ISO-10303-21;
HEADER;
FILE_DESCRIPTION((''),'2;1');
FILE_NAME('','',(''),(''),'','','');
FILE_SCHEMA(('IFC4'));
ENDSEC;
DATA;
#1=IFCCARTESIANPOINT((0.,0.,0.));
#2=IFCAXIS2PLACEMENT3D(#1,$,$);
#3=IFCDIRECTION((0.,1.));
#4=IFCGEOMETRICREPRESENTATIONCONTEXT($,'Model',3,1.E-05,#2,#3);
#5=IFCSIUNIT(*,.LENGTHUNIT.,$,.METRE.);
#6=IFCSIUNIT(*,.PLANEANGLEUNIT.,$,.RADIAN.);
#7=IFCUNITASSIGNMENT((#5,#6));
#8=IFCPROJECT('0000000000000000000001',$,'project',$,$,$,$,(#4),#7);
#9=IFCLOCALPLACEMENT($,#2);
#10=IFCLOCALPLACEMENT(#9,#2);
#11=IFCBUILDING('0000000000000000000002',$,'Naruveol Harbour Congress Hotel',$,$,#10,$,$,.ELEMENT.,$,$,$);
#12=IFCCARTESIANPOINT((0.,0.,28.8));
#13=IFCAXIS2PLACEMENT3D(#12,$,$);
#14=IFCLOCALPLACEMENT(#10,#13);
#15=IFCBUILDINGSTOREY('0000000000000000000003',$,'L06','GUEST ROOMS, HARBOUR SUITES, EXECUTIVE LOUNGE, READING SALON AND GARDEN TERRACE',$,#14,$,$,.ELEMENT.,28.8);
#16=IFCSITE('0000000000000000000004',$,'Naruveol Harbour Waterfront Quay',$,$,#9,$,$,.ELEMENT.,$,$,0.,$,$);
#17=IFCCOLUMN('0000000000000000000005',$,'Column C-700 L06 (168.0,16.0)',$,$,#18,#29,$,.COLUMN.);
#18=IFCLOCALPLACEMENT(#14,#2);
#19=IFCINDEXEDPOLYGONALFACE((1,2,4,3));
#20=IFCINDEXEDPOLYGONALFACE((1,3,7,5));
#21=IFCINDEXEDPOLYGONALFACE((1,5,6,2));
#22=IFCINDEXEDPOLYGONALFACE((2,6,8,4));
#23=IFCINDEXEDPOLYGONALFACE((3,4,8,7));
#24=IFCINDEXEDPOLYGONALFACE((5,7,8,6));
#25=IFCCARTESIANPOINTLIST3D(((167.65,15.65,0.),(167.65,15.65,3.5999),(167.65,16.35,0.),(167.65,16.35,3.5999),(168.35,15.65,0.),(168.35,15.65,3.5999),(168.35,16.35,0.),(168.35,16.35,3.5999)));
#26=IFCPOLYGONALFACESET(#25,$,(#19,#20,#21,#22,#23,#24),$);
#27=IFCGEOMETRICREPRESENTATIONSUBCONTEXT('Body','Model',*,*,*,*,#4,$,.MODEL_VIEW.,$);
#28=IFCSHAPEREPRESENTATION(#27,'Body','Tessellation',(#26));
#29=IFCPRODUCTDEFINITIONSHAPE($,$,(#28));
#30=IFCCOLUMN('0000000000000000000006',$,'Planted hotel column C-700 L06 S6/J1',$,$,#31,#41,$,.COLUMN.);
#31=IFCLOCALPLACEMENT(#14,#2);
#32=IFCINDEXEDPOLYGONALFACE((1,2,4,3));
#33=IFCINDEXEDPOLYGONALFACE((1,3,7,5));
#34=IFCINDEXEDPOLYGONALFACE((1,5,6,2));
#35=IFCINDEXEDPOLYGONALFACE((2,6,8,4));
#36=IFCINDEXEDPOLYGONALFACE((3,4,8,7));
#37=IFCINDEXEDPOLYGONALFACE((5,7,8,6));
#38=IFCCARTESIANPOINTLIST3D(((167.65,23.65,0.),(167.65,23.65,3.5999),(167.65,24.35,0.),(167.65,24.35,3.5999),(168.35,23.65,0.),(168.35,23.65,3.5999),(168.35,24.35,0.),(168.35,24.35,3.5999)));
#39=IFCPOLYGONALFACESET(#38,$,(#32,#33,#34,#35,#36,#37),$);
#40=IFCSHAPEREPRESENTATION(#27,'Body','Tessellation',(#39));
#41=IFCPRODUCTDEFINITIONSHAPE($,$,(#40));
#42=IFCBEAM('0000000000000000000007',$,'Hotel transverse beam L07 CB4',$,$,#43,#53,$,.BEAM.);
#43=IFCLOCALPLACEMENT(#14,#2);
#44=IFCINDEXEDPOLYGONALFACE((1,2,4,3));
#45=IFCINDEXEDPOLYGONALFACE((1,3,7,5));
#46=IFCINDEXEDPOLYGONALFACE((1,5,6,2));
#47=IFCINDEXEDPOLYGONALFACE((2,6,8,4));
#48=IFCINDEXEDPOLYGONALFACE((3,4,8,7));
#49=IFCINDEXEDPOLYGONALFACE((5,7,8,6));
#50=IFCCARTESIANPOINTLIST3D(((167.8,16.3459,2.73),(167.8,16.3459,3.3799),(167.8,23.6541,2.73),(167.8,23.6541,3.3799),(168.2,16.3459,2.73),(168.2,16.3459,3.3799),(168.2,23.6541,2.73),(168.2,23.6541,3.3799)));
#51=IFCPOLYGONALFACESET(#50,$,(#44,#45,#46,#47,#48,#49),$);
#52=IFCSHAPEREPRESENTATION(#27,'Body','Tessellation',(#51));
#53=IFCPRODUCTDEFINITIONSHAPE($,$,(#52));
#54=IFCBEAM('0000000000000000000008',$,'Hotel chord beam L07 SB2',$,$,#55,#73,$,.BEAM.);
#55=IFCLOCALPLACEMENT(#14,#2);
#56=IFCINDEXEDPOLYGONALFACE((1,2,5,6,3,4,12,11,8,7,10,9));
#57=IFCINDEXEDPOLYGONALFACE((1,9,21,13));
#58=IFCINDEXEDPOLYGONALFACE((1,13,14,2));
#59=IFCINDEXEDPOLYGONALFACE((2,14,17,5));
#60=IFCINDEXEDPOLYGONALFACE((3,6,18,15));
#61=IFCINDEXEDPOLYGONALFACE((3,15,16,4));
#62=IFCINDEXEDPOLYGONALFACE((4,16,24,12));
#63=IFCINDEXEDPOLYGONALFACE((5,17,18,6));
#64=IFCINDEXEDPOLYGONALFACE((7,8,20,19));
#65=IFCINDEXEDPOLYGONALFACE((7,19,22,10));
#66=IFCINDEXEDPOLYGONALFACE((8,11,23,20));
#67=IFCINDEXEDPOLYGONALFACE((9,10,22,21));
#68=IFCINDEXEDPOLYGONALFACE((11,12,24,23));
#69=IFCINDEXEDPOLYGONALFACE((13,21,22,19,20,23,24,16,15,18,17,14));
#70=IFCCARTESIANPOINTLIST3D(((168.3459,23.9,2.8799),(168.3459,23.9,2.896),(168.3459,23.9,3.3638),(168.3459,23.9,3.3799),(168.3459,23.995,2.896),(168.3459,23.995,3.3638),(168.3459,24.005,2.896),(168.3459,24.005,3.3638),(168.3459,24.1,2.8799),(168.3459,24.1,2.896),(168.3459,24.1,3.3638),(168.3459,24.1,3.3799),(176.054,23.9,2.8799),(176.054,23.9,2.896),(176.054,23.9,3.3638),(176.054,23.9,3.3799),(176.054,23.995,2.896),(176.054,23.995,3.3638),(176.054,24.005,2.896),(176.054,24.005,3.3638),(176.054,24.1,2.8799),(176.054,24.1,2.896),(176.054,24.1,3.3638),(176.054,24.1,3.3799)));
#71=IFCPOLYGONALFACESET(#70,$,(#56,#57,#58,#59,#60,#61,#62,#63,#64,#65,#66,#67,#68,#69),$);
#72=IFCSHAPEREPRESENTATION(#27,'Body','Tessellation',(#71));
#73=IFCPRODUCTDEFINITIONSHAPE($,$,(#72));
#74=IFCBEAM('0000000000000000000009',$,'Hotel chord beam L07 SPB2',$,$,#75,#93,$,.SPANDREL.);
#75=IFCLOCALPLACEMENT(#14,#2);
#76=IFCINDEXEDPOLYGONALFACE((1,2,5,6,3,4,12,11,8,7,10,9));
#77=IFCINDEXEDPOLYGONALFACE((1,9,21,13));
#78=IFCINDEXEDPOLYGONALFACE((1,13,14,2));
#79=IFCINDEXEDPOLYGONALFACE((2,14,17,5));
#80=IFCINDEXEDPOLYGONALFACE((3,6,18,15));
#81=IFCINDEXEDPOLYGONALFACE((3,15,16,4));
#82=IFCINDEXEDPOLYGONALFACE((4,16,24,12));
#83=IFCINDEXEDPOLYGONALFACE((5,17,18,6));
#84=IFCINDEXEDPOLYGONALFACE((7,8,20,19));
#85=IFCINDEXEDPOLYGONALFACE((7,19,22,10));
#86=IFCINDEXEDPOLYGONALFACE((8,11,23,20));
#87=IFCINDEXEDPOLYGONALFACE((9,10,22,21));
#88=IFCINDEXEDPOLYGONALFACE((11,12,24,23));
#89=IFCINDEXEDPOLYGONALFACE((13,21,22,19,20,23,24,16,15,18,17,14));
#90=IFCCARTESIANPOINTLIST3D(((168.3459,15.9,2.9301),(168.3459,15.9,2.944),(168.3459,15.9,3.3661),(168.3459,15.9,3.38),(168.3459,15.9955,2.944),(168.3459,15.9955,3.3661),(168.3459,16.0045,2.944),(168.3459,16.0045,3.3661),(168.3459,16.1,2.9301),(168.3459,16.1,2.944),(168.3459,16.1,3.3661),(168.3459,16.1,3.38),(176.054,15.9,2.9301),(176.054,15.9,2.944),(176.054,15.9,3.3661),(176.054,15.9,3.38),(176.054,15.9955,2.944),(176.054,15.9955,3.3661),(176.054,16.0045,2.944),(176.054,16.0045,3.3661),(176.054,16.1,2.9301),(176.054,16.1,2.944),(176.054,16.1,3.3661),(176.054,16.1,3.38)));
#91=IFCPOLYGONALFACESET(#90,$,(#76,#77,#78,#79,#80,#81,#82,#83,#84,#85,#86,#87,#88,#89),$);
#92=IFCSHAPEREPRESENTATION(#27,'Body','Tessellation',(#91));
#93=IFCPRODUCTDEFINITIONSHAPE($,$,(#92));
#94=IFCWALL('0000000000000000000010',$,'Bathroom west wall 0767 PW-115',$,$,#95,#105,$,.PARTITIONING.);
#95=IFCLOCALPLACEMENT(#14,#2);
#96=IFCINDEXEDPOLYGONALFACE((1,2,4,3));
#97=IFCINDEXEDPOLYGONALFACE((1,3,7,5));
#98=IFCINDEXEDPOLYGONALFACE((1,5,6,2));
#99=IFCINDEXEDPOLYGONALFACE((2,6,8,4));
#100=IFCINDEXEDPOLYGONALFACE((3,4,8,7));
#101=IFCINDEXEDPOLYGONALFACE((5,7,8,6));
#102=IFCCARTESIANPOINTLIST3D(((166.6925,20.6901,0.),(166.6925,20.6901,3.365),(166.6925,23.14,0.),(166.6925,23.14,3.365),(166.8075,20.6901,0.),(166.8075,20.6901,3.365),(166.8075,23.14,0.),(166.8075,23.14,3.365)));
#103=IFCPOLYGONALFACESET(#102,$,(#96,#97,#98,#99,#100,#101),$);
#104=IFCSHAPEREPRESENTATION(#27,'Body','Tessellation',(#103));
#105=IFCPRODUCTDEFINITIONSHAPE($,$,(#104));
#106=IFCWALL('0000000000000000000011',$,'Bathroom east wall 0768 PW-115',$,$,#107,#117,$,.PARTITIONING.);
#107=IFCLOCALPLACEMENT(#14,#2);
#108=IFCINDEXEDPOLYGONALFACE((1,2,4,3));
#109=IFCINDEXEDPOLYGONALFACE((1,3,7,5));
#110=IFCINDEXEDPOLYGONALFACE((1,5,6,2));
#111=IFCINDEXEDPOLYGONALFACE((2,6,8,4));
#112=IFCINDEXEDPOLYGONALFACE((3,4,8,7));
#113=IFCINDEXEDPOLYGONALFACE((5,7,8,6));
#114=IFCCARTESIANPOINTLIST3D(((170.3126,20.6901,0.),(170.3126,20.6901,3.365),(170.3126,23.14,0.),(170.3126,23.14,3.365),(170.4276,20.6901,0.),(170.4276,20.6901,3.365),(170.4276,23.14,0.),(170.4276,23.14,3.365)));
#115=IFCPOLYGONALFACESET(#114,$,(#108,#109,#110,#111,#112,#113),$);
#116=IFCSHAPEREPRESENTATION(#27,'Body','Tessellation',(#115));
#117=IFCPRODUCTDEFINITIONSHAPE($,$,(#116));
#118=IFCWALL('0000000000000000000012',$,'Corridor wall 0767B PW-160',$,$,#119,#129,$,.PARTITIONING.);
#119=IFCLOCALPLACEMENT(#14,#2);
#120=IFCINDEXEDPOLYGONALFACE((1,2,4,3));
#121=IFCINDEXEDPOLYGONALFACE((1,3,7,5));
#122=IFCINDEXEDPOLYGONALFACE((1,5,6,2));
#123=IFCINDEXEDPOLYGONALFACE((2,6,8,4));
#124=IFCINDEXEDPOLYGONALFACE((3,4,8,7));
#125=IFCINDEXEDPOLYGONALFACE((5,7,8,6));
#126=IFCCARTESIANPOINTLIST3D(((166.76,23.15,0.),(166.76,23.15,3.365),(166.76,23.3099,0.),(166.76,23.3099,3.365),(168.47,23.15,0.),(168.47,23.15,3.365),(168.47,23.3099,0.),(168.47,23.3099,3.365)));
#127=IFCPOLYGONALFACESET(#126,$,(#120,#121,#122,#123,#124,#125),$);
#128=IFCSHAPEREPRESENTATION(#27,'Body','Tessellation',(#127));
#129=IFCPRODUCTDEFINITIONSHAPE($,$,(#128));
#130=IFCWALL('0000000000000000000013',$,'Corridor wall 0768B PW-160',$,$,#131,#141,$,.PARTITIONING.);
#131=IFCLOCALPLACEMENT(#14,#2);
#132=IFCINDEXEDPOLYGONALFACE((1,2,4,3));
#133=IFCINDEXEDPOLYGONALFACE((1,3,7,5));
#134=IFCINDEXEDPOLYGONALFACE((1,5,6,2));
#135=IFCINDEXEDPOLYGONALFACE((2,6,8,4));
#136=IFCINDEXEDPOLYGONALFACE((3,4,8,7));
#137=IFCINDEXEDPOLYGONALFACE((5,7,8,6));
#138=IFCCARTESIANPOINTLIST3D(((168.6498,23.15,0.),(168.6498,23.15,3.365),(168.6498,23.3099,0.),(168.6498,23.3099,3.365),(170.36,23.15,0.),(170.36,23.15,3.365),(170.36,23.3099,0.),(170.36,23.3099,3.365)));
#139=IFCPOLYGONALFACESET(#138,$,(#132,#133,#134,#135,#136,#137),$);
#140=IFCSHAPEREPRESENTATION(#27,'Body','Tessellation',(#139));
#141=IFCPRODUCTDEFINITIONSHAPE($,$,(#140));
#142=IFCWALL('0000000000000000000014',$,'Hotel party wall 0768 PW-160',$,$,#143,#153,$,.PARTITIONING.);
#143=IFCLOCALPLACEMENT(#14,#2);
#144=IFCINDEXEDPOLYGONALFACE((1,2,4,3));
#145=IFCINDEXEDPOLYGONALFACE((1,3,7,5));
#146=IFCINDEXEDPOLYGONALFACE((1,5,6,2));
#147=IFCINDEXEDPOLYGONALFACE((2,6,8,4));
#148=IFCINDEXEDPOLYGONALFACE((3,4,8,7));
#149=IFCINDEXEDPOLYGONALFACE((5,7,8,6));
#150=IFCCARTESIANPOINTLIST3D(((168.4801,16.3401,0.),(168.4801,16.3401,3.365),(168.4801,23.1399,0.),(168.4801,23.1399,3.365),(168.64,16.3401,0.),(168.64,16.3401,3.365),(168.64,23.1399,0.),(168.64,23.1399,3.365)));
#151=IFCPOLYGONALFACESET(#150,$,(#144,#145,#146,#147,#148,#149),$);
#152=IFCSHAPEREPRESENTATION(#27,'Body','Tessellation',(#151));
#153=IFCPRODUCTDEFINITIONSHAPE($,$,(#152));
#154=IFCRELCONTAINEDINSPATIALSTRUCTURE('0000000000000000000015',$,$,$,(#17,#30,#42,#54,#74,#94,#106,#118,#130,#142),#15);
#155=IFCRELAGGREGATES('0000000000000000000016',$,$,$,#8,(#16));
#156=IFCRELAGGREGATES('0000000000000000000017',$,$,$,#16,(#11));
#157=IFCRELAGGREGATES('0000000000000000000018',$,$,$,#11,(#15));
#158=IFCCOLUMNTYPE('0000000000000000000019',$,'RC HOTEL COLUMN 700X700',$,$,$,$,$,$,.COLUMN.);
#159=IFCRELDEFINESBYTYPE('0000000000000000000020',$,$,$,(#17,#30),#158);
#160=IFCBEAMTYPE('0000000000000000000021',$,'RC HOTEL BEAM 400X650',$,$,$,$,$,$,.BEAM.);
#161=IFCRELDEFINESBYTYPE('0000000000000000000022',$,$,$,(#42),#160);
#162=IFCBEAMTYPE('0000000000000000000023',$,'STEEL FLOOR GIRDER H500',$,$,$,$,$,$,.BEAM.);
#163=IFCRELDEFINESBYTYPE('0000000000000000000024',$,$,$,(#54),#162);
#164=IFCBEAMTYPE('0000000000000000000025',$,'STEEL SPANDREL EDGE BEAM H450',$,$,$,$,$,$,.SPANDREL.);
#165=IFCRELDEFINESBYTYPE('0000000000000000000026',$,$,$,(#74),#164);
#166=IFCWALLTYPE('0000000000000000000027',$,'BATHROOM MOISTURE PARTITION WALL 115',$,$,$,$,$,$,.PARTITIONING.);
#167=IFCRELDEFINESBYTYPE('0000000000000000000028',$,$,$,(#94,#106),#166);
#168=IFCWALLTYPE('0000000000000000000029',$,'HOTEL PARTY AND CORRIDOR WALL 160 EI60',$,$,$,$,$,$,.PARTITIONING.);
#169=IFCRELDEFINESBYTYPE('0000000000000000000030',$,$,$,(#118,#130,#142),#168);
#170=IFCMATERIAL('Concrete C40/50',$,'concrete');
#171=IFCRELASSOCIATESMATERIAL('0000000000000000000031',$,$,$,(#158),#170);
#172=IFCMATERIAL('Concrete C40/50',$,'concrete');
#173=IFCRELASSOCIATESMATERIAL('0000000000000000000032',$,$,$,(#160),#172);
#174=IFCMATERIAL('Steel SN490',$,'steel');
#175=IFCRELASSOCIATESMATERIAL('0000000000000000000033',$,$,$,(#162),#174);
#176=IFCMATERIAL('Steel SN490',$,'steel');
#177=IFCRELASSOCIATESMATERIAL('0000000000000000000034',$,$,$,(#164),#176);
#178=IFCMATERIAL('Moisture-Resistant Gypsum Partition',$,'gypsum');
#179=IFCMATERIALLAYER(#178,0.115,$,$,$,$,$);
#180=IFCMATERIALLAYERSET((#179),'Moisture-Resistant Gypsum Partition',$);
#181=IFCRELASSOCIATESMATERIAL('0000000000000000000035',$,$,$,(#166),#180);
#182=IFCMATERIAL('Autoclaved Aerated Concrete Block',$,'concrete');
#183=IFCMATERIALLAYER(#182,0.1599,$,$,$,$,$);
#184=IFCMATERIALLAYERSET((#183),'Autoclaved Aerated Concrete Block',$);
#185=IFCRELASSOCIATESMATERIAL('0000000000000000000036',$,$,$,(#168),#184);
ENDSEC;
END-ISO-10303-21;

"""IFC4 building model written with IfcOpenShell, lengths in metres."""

from ifc_helpers import new_model, si_unit, direction, frame, frame_2d, origin, origin_2d, place, context, subcontext, project, spatial, rectangle, i_section, extrude, material, layer, layer_set, material_profile, profile_set, type_object, element, save


model = new_model("IFC4")

# Units and contexts
model_context = context("Model", 3, precision=1e-05, world=origin(), true_north=direction((0.0, 1.0)))
body_context = subcontext(model_context, "Body", "Model", "MODEL_VIEW")
ifc_project = project(units=[si_unit("LENGTHUNIT", "METRE"), si_unit("PLANEANGLEUNIT", "RADIAN")], contexts=[model_context])

# Site, building, storey
site_placement = place(None, origin())
site = spatial("IfcSite", under=ifc_project, at=site_placement, Name="Naruveol Harbour Waterfront Quay", CompositionType="ELEMENT", RefElevation=0.0)
building_placement = place(site_placement, origin())
building = spatial("IfcBuilding", under=site, at=building_placement, Name="Naruveol Harbour Congress Hotel", CompositionType="ELEMENT")
storey_placement = place(building_placement, frame((0.0, 0.0, 28.8)))
storey = spatial("IfcBuildingStorey", under=building, at=storey_placement, Name="L06", Description="GUEST ROOMS, HARBOUR SUITES, EXECUTIVE LOUNGE, READING SALON AND GARDEN TERRACE", CompositionType="ELEMENT", Elevation=28.8)

# Columns
ifc_material_1 = material(Name="Concrete C40/50", Category="concrete")
ifc_material_profile_1 = material_profile(ifc_material_1, rectangle(XDim=0.7, YDim=0.7, at=origin_2d()), Name="RC-700x700")
ifc_profile_set_1 = profile_set([ifc_material_profile_1], Name="Concrete C40/50")
column_type = type_object("IfcColumnType", Name="RC HOTEL COLUMN 700X700", PredefinedType="COLUMN", material=ifc_profile_set_1)
for number, where, z_axis, x_axis, name in (
    (1, (168.0, 16.0, 0.0), (0.0, 0.0, 1.0), (1.0, 0.0, 0.0), "Column C-700 L06 (168.0,16.0)"),
    (2, (168.0, 24.0, 0.0), (0.0, 0.0, 1.0), (1.0, 0.0, 0.0), "Planted hotel column C-700 L06 S6/J1"),
):
    element("IfcColumn", number, at=place(storey_placement, frame(where, z_axis=z_axis, x_axis=x_axis)), inside=storey, type_object=column_type, Name=name, PredefinedType="COLUMN", context=body_context, shape_type="SweptSolid", body=[
        extrude(rectangle(XDim=0.7, YDim=0.7, at=origin_2d()), origin(), (0.0, 0.0, 1.0), 3.5999),
    ])

# Beams
ifc_material_2 = material(Name="Concrete C40/50", Category="concrete")
ifc_material_profile_2 = material_profile(ifc_material_2, rectangle(XDim=0.3999, YDim=0.6499, at=origin_2d()), Name="RCB-400x650")
ifc_profile_set_2 = profile_set([ifc_material_profile_2], Name="Concrete C40/50")
beam_type_1 = type_object("IfcBeamType", Name="RC HOTEL BEAM 400X650", PredefinedType="BEAM", material=ifc_profile_set_2)
beam_1_placement = place(storey_placement, frame((168.0, 16.3459, 3.0549), z_axis=(0.0, 1.0, 0.0), x_axis=(-1.0, 0.0, 0.0)))
element("IfcBeam", 3, at=beam_1_placement, inside=storey, type_object=beam_type_1, Name="Hotel transverse beam L07 CB4", PredefinedType="BEAM", context=body_context, shape_type="SweptSolid", body=[
    extrude(rectangle(XDim=0.3999, YDim=0.6499, at=origin_2d()), origin(), (0.0, 0.0, 1.0), 7.3081),
])
ifc_material_3 = material(Name="Steel SN490", Category="steel")
ifc_material_profile_3 = material_profile(ifc_material_3, i_section(OverallWidth=0.2, OverallDepth=0.5, WebThickness=0.01, FlangeThickness=0.0161, at=origin_2d()), Name="H-500x200x10x16")
ifc_profile_set_3 = profile_set([ifc_material_profile_3], Name="Steel SN490")
beam_type_2 = type_object("IfcBeamType", Name="STEEL FLOOR GIRDER H500", PredefinedType="BEAM", material=ifc_profile_set_3)
beam_2_placement = place(storey_placement, frame((168.3459, 24.0, 3.1299), z_axis=(1.0, 0.0, 0.0), x_axis=(0.0, 1.0, 0.0)))
element("IfcBeam", 4, at=beam_2_placement, inside=storey, type_object=beam_type_2, Name="Hotel chord beam L07 SB2", PredefinedType="BEAM", context=body_context, shape_type="SweptSolid", body=[
    extrude(i_section(OverallWidth=0.2, OverallDepth=0.5, WebThickness=0.01, FlangeThickness=0.0161, at=origin_2d()), origin(), (0.0, 0.0, 1.0), 7.708),
])
ifc_material_4 = material(Name="Steel SN490", Category="steel")
ifc_material_profile_4 = material_profile(ifc_material_4, i_section(OverallWidth=0.2, OverallDepth=0.45, WebThickness=0.009, FlangeThickness=0.0139, at=origin_2d()), Name="H-450x200x9x14")
ifc_profile_set_4 = profile_set([ifc_material_profile_4], Name="Steel SN490")
beam_type_3 = type_object("IfcBeamType", Name="STEEL SPANDREL EDGE BEAM H450", PredefinedType="SPANDREL", material=ifc_profile_set_4)
beam_3_placement = place(storey_placement, frame((168.3459, 16.0, 3.155), z_axis=(1.0, 0.0, 0.0), x_axis=(0.0, 1.0, 0.0)))
element("IfcBeam", 5, at=beam_3_placement, inside=storey, type_object=beam_type_3, Name="Hotel chord beam L07 SPB2", PredefinedType="SPANDREL", context=body_context, shape_type="SweptSolid", body=[
    extrude(i_section(OverallWidth=0.2, OverallDepth=0.45, WebThickness=0.009, FlangeThickness=0.0139, at=origin_2d()), origin(), (0.0, 0.0, 1.0), 7.708),
])

# Wall
ifc_material_5 = material(Name="Moisture-Resistant Gypsum Partition", Category="gypsum")
ifc_layer_1 = layer(ifc_material_5, 0.115)
ifc_layer_set_1 = layer_set([ifc_layer_1], Name="Moisture-Resistant Gypsum Partition")
wall_type_1 = type_object("IfcWallType", Name="BATHROOM MOISTURE PARTITION WALL 115", PredefinedType="PARTITIONING", material=ifc_layer_set_1)
wall_1_placement = place(storey_placement, frame((166.75, 20.6899, 0.0), z_axis=(0.0, 0.0, 1.0), x_axis=(0.0, 1.0, 0.0)))
element("IfcWall", 6, at=wall_1_placement, inside=storey, type_object=wall_type_1, Name="Bathroom west wall 0767 PW-115", PredefinedType="PARTITIONING", context=body_context, shape_type="SweptSolid", body=[
    extrude(rectangle(XDim=2.45, YDim=0.115, at=frame_2d((1.2251, 0.0))), origin(), (0.0, 0.0, 1.0), 3.365),
])

# Wall
wall_2_placement = place(storey_placement, frame((170.3701, 20.6899, 0.0), z_axis=(0.0, 0.0, 1.0), x_axis=(0.0, 1.0, 0.0)))
element("IfcWall", 7, at=wall_2_placement, inside=storey, type_object=wall_type_1, Name="Bathroom east wall 0768 PW-115", PredefinedType="PARTITIONING", context=body_context, shape_type="SweptSolid", body=[
    extrude(rectangle(XDim=2.45, YDim=0.115, at=frame_2d((1.2251, 0.0))), origin(), (0.0, 0.0, 1.0), 3.365),
])

# Walls
ifc_material_6 = material(Name="Autoclaved Aerated Concrete Block", Category="concrete")
ifc_layer_2 = layer(ifc_material_6, 0.1599)
ifc_layer_set_2 = layer_set([ifc_layer_2], Name="Autoclaved Aerated Concrete Block")
wall_type_2 = type_object("IfcWallType", Name="HOTEL PARTY AND CORRIDOR WALL 160 EI60", PredefinedType="PARTITIONING", material=ifc_layer_set_2)
wall_3_placement = place(storey_placement, frame((166.76, 23.23, 0.0), z_axis=(0.0, 0.0, 1.0), x_axis=(1.0, 0.0, 0.0)))
element("IfcWall", 8, at=wall_3_placement, inside=storey, type_object=wall_type_2, Name="Corridor wall 0767B PW-160", PredefinedType="PARTITIONING", context=body_context, shape_type="SweptSolid", body=[
    extrude(rectangle(XDim=1.71, YDim=0.1599, at=frame_2d((0.855, 0.0))), origin(), (0.0, 0.0, 1.0), 3.365),
])
wall_4_placement = place(storey_placement, frame((168.6499, 23.23, 0.0), z_axis=(0.0, 0.0, 1.0), x_axis=(1.0, 0.0, 0.0)))
element("IfcWall", 9, at=wall_4_placement, inside=storey, type_object=wall_type_2, Name="Corridor wall 0768B PW-160", PredefinedType="PARTITIONING", context=body_context, shape_type="SweptSolid", body=[
    extrude(rectangle(XDim=1.7102, YDim=0.1599, at=frame_2d((0.855, 0.0))), origin(), (0.0, 0.0, 1.0), 3.365),
])
wall_5_placement = place(storey_placement, frame((168.5601, 16.3401, 0.0), z_axis=(0.0, 0.0, 1.0), x_axis=(0.0, 1.0, 0.0)))
element("IfcWall", 10, at=wall_5_placement, inside=storey, type_object=wall_type_2, Name="Hotel party wall 0768 PW-160", PredefinedType="PARTITIONING", context=body_context, shape_type="SweptSolid", body=[
    extrude(rectangle(XDim=6.7998, YDim=0.1599, at=frame_2d((3.3999, 0.0))), origin(), (0.0, 0.0, 1.0), 3.365),
])

save(model, "model.ifc")
